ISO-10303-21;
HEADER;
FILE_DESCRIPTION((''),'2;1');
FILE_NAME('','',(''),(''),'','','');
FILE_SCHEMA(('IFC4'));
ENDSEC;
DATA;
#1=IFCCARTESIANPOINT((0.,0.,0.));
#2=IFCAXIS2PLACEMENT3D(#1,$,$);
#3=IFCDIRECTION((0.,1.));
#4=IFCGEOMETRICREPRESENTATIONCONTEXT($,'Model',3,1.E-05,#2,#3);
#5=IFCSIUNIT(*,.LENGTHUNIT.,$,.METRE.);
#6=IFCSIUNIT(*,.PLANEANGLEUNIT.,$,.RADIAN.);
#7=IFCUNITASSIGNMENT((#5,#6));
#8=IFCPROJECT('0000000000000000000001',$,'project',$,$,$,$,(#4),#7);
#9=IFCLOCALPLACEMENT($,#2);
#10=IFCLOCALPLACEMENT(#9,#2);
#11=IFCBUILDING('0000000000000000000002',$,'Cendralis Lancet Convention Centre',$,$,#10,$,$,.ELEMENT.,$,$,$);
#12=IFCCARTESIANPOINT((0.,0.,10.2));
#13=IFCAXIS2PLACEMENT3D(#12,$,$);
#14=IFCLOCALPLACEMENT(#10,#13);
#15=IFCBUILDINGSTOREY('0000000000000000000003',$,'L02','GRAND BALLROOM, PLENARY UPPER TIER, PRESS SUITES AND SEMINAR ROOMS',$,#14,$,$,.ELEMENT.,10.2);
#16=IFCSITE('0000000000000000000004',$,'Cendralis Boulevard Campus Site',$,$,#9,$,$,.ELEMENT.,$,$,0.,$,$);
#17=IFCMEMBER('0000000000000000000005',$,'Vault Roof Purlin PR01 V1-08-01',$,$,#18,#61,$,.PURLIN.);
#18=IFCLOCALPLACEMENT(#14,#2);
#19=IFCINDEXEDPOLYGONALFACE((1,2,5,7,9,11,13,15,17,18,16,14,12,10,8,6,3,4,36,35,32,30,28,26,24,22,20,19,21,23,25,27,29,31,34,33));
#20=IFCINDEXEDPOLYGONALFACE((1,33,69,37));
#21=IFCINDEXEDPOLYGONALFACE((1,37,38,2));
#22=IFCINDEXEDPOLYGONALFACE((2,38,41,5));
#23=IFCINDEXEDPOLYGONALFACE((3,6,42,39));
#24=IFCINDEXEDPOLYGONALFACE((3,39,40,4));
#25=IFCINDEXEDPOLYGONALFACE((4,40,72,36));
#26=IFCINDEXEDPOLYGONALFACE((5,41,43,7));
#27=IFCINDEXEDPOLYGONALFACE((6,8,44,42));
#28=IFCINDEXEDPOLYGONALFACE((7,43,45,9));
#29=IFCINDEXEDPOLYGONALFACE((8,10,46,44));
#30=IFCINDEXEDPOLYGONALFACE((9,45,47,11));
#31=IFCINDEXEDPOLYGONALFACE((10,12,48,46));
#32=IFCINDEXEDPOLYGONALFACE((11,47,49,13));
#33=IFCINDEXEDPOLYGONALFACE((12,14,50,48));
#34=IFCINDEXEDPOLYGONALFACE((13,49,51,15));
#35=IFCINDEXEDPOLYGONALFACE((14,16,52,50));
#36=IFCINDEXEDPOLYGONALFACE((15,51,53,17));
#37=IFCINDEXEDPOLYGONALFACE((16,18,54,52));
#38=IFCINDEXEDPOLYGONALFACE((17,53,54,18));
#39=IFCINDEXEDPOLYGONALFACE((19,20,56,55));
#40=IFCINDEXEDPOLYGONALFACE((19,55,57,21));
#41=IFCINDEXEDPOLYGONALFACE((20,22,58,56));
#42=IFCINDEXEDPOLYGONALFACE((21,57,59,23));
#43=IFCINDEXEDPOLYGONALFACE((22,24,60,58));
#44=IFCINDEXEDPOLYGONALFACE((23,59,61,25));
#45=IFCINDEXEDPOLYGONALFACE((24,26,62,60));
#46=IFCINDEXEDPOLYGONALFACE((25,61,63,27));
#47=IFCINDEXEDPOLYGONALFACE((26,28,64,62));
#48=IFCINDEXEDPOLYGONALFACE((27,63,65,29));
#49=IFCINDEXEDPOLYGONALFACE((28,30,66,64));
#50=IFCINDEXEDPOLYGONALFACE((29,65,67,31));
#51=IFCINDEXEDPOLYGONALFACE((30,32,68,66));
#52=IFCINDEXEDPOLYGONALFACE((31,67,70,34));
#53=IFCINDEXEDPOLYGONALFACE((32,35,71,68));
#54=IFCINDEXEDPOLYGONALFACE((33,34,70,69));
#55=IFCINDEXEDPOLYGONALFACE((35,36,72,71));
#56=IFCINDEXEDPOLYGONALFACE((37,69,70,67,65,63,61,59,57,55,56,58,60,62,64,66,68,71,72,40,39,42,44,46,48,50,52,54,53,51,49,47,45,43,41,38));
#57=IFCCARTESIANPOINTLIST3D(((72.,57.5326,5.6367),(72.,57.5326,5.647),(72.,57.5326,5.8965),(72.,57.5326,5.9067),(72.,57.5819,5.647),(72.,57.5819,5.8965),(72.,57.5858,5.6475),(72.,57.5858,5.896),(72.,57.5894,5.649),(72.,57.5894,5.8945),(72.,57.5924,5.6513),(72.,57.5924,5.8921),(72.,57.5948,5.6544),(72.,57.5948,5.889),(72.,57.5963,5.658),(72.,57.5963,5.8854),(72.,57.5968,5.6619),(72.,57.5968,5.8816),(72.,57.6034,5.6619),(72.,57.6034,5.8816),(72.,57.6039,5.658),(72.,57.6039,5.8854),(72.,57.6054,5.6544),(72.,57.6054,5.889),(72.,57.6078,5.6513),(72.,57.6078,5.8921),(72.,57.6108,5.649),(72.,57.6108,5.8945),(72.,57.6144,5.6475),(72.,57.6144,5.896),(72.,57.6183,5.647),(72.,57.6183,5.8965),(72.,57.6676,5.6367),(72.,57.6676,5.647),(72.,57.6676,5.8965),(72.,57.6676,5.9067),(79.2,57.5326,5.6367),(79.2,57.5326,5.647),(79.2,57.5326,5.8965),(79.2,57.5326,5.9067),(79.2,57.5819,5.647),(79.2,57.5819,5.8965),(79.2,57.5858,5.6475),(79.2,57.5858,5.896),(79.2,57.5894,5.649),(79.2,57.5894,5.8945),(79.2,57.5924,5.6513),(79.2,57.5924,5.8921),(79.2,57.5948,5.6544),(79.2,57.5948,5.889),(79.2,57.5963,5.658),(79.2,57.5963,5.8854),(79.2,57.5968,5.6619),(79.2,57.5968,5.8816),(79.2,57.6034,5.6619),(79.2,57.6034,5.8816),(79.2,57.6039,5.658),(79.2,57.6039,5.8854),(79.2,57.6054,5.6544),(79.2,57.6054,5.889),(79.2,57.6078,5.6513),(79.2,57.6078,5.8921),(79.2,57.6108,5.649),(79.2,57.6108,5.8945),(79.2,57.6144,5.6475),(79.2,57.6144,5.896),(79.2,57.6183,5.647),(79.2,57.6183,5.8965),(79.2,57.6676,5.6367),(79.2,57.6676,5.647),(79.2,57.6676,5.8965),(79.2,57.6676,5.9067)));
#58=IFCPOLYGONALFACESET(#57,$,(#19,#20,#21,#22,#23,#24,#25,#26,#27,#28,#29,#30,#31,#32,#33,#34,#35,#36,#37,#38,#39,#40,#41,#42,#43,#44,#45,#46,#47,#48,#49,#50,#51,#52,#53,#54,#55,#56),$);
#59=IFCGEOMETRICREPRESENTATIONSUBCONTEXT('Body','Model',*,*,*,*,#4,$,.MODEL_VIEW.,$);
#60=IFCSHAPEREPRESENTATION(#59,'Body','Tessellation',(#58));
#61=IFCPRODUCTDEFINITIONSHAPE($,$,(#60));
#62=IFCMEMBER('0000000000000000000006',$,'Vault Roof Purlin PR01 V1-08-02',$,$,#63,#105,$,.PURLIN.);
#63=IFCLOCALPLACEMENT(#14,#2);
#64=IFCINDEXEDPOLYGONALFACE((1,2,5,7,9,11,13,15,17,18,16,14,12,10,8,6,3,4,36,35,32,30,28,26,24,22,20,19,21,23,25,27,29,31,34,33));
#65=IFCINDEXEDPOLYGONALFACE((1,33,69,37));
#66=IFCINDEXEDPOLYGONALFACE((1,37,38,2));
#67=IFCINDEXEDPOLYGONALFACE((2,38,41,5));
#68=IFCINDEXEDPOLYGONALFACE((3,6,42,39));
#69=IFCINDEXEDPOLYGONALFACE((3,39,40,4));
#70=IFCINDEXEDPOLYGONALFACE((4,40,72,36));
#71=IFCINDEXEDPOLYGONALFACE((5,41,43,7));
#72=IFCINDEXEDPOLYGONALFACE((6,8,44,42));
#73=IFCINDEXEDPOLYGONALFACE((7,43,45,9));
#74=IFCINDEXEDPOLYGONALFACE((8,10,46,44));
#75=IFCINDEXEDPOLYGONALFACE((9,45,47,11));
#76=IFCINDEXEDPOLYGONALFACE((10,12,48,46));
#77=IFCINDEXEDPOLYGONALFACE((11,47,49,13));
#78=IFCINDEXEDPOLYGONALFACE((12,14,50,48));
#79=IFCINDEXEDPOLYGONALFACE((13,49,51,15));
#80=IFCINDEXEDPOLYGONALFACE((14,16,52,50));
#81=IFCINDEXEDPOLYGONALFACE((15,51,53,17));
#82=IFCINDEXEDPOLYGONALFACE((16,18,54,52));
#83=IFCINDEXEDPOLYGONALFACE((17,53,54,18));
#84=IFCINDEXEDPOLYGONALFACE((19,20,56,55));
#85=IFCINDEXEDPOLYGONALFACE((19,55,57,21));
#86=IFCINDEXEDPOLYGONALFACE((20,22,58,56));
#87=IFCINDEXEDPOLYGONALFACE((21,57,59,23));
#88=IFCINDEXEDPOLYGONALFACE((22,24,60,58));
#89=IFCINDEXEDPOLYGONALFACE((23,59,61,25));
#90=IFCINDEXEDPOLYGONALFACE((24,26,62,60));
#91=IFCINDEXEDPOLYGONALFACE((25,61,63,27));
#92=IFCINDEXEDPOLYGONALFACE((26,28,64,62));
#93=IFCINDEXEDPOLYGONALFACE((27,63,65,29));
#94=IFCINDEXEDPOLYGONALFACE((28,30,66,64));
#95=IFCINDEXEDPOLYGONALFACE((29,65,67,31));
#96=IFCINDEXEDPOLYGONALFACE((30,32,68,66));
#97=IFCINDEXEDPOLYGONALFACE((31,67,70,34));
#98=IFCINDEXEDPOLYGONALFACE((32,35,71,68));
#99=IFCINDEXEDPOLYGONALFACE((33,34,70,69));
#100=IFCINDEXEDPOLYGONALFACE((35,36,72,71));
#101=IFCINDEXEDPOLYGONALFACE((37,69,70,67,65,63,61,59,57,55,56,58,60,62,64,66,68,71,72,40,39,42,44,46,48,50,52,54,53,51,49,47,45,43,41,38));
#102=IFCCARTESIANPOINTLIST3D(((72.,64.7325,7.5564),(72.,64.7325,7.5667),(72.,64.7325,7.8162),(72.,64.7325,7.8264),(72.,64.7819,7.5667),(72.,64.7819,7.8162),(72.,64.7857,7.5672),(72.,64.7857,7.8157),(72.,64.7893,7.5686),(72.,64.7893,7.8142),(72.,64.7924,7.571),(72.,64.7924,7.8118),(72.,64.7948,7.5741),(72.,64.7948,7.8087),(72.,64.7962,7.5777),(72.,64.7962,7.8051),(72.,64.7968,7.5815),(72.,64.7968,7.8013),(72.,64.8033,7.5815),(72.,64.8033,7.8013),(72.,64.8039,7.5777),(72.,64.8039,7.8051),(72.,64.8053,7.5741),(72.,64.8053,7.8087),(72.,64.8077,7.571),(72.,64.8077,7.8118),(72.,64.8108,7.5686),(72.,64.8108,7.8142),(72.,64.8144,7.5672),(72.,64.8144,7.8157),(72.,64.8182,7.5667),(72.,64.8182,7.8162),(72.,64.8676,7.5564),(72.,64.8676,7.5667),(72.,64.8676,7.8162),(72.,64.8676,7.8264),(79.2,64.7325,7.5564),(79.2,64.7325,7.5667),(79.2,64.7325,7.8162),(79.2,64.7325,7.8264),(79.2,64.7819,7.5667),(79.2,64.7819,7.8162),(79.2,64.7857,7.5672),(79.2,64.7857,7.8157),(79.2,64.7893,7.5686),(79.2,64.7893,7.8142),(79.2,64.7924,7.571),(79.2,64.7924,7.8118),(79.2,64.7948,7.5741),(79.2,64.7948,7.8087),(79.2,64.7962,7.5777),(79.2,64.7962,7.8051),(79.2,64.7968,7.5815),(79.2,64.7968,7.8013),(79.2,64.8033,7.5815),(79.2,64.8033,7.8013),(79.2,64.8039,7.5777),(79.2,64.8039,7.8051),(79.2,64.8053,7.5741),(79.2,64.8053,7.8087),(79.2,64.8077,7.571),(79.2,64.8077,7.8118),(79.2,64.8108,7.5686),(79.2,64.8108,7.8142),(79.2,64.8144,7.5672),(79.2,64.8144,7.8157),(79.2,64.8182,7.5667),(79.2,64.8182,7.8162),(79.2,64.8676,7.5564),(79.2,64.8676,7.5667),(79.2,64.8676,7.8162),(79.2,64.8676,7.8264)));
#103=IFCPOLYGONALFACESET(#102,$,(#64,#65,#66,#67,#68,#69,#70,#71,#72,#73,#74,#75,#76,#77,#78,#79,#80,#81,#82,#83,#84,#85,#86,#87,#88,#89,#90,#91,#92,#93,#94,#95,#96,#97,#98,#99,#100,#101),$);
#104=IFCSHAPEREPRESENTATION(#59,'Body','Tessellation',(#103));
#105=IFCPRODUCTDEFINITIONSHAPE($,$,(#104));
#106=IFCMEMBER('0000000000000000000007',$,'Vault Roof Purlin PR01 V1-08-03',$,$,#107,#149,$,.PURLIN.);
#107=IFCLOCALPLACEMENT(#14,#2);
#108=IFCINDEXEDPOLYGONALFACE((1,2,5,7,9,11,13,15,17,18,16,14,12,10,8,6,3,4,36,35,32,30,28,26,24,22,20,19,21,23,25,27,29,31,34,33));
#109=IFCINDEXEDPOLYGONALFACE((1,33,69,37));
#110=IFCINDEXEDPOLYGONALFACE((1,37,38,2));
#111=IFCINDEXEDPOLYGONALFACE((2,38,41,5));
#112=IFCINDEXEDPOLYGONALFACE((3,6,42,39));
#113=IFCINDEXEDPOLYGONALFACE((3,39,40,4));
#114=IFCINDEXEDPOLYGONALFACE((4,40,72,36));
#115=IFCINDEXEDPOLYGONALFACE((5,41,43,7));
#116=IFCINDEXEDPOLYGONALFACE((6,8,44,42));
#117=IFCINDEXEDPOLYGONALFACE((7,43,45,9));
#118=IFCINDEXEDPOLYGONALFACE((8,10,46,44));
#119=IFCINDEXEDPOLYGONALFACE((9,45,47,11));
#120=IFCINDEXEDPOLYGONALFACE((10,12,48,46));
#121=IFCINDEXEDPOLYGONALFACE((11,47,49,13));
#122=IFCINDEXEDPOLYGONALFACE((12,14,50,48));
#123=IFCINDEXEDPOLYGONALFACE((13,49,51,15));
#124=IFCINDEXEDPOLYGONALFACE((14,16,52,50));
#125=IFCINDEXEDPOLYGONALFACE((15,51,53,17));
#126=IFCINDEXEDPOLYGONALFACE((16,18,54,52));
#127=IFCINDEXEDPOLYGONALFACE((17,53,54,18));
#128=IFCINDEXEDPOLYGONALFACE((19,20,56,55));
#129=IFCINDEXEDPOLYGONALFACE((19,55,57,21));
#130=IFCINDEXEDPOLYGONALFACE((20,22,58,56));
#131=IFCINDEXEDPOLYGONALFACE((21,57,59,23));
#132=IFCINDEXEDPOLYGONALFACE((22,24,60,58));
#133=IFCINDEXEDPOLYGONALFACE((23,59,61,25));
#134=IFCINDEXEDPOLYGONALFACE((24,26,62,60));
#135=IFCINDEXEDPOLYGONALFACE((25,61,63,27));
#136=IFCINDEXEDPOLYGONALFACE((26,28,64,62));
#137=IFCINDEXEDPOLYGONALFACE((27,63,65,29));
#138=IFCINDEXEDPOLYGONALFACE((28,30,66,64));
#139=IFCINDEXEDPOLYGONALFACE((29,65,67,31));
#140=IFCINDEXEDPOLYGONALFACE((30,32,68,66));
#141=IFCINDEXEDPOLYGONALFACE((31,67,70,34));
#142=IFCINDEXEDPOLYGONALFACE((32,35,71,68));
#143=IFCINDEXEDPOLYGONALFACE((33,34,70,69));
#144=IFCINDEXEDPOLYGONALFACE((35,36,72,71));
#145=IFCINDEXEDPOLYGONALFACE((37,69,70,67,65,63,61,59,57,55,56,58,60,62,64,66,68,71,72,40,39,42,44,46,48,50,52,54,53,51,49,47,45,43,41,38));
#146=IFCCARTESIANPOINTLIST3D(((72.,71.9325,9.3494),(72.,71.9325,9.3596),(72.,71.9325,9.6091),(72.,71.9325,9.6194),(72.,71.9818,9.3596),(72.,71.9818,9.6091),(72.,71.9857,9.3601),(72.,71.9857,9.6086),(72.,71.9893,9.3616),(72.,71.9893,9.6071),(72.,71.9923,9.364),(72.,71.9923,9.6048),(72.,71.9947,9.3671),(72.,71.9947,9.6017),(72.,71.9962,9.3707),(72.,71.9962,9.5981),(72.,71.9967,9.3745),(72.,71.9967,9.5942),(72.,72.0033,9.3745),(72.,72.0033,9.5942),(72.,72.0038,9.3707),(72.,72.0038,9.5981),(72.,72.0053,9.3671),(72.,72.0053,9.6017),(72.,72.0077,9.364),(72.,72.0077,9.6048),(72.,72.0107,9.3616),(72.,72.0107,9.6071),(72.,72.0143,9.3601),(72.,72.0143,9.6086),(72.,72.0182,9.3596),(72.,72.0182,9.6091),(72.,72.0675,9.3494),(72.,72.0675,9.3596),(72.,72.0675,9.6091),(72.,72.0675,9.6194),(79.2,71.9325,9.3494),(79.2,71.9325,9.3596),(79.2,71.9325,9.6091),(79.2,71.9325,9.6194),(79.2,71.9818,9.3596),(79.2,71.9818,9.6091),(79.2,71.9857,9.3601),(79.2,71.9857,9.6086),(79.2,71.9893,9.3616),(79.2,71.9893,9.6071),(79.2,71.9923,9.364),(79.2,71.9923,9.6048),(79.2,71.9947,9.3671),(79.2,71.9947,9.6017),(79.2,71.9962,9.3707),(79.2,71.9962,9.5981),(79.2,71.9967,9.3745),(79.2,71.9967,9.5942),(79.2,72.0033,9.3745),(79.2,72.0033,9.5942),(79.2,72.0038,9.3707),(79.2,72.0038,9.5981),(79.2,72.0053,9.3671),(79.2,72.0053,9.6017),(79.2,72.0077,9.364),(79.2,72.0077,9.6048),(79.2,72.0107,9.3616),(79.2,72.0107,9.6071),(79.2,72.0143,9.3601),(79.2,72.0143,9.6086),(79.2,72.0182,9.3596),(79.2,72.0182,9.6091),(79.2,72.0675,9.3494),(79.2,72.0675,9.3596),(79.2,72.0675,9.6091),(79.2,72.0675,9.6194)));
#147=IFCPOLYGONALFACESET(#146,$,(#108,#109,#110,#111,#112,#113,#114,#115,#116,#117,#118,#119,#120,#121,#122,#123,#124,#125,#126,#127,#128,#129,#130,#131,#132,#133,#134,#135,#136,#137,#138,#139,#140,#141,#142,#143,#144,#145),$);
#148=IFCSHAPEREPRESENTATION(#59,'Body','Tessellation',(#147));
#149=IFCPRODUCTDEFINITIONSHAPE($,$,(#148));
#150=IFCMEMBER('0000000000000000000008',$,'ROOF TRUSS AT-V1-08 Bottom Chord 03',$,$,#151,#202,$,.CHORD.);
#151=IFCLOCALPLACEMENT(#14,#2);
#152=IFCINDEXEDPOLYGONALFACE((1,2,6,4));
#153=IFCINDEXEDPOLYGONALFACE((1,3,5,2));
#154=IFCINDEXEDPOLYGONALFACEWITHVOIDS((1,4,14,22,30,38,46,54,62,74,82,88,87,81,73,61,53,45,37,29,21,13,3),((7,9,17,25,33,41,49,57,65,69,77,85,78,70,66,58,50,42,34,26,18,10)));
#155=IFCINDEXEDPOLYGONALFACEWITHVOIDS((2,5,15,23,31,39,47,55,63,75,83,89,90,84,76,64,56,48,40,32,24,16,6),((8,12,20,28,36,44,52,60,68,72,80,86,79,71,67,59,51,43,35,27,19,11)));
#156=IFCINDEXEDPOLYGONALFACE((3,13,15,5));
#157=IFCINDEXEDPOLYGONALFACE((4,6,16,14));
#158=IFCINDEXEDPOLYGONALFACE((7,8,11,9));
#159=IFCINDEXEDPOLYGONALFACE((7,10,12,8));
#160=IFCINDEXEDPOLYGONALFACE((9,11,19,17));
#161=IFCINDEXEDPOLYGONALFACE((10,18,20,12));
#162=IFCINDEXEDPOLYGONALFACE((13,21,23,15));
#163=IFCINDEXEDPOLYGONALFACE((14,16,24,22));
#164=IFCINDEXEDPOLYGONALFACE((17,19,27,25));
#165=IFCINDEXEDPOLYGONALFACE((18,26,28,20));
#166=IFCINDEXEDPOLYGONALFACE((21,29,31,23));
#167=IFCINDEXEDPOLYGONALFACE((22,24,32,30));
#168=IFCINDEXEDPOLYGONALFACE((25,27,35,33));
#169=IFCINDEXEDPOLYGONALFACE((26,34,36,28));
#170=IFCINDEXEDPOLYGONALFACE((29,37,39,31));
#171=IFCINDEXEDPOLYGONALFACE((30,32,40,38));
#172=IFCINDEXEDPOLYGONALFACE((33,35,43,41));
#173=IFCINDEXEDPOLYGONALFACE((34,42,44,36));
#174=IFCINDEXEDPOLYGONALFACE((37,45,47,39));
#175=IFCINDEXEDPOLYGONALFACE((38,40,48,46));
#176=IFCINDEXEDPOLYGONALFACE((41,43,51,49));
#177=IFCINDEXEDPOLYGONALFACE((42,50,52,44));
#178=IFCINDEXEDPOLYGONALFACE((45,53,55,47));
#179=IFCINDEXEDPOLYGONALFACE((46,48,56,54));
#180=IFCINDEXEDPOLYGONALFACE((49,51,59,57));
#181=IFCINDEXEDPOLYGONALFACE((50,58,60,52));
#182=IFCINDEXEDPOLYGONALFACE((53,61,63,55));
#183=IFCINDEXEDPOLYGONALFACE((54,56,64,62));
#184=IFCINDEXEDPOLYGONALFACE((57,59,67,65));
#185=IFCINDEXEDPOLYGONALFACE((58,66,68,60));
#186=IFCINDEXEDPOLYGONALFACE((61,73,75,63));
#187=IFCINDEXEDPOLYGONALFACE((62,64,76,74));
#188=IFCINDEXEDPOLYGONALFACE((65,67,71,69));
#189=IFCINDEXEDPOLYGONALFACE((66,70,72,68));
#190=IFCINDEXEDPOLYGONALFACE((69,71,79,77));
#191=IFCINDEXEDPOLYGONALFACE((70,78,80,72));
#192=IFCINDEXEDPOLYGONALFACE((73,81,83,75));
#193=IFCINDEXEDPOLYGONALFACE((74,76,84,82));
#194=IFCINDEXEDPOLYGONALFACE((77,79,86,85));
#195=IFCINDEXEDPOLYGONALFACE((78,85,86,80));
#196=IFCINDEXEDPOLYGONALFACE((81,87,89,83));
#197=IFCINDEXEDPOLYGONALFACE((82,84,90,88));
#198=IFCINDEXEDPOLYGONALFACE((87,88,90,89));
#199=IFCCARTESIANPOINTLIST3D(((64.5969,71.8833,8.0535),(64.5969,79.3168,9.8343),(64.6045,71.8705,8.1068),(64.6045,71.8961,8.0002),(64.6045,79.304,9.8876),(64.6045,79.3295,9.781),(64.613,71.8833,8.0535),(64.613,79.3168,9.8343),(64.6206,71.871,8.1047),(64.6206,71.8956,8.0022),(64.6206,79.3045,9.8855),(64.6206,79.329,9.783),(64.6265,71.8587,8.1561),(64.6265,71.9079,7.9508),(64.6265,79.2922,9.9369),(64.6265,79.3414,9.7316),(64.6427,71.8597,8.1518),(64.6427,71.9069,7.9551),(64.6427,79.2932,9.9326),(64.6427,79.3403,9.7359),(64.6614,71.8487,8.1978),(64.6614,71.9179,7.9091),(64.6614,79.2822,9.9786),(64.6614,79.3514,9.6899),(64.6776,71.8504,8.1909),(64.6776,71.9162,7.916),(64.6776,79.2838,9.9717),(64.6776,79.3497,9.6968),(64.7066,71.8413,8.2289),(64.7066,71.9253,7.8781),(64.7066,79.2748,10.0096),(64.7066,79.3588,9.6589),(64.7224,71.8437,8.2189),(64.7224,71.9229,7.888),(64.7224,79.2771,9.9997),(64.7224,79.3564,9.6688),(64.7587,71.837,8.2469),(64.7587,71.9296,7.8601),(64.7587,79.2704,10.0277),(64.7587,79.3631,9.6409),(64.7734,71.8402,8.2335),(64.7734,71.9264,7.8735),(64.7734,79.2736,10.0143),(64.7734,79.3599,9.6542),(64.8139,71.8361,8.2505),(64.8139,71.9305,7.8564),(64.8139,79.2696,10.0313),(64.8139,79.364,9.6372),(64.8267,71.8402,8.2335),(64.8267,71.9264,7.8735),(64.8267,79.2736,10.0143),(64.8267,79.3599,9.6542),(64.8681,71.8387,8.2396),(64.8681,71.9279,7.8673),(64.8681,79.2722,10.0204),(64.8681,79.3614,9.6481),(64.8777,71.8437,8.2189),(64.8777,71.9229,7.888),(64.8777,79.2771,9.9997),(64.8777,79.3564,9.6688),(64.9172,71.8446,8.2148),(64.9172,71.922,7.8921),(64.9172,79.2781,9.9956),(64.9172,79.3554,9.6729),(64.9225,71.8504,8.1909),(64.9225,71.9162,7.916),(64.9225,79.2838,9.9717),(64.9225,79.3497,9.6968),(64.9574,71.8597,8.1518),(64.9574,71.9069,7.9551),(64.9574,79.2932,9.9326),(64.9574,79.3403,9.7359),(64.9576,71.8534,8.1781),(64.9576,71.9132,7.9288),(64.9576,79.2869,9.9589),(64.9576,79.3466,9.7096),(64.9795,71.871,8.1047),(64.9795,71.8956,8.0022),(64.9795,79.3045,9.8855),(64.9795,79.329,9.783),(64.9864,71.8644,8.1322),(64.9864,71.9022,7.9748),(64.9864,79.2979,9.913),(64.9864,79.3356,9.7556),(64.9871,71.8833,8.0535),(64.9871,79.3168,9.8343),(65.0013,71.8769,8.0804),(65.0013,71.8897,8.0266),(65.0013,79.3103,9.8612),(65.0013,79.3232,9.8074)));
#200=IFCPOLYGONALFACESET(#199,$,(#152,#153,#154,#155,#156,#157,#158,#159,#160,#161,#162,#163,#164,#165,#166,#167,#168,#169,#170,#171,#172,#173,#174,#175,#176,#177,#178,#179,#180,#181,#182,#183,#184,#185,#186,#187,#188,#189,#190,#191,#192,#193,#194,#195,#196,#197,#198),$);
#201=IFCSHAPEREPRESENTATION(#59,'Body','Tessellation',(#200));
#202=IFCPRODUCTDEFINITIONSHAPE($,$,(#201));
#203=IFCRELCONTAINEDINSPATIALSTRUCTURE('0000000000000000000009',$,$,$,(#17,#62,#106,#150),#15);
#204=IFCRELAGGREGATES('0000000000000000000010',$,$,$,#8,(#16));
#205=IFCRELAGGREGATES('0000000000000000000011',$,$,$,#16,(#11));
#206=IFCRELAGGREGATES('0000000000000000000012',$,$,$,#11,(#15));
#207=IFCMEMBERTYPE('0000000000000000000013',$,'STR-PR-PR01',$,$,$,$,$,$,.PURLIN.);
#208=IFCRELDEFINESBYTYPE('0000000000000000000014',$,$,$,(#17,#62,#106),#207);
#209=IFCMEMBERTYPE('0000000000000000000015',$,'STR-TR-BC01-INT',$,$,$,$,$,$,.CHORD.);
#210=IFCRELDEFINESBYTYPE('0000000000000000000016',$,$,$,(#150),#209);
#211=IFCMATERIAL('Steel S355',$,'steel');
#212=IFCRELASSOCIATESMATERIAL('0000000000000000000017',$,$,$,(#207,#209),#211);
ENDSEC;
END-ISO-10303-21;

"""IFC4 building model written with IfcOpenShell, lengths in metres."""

from ifc_helpers import new_model, si_unit, direction, frame, origin, origin_2d, place, context, subcontext, project, spatial, hollow_circle, i_section, extrude, material, material_profile, profile_set, type_object, element, save


model = new_model("IFC4")

# Units and contexts
model_context = context("Model", 3, precision=1e-05, world=origin(), true_north=direction((0.0, 1.0)))
body_context = subcontext(model_context, "Body", "Model", "MODEL_VIEW")
ifc_project = project(units=[si_unit("LENGTHUNIT", "METRE"), si_unit("PLANEANGLEUNIT", "RADIAN")], contexts=[model_context])

# Site, building, storey
site_placement = place(None, origin())
site = spatial("IfcSite", under=ifc_project, at=site_placement, Name="Cendralis Boulevard Campus Site", CompositionType="ELEMENT", RefElevation=0.0)
building_placement = place(site_placement, origin())
building = spatial("IfcBuilding", under=site, at=building_placement, Name="Cendralis Lancet Convention Centre", CompositionType="ELEMENT")
storey_placement = place(building_placement, frame((0.0, 0.0, 10.2)))
storey = spatial("IfcBuildingStorey", under=building, at=storey_placement, Name="L02", Description="GRAND BALLROOM, PLENARY UPPER TIER, PRESS SUITES AND SEMINAR ROOMS", CompositionType="ELEMENT", Elevation=10.2)

# Members
ifc_material = material(Name="Steel S355", Category="steel")
ifc_material_profile_1 = material_profile(ifc_material, i_section(OverallWidth=0.135, OverallDepth=0.27, WebThickness=0.0066, FlangeThickness=0.0103, FilletRadius=0.0149, at=origin_2d()), Name="IPE 270")
ifc_profile_set_1 = profile_set([ifc_material_profile_1], Name="Steel S355")
member_type_1 = type_object("IfcMemberType", Name="STR-PR-PR01", PredefinedType="PURLIN", material=ifc_profile_set_1)
for number, where, z_axis, x_axis, name in (
    (1, (72.0, 57.6001, 5.7717), (1.0, 0.0, 0.0), (0.0, 1.0, 0.0), "Vault Roof Purlin PR01 V1-08-01"),
    (2, (72.0, 64.8, 7.6914), (1.0, 0.0, 0.0), (0.0, 1.0, 0.0), "Vault Roof Purlin PR01 V1-08-02"),
    (3, (72.0, 72.0, 9.4844), (1.0, 0.0, 0.0), (0.0, 1.0, 0.0), "Vault Roof Purlin PR01 V1-08-03"),
):
    element("IfcMember", number, at=place(storey_placement, frame(where, z_axis=z_axis, x_axis=x_axis)), inside=storey, type_object=member_type_1, Name=name, PredefinedType="PURLIN", context=body_context, shape_type="SweptSolid", body=[
        extrude(i_section(OverallWidth=0.135, OverallDepth=0.27, WebThickness=0.0066, FlangeThickness=0.0103, FilletRadius=0.0149, at=origin_2d()), origin(), (0.0, 0.0, 1.0), 7.2),
    ])
ifc_material_profile_2 = material_profile(ifc_material, hollow_circle(Radius=0.2031, WallThickness=0.0161, at=origin_2d()), Name="CHS 406.4x16.0")
ifc_profile_set_2 = profile_set([ifc_material_profile_2], Name="Steel S355")
member_type_2 = type_object("IfcMemberType", Name="STR-TR-BC01-INT", PredefinedType="CHORD", material=ifc_profile_set_2)
member_1_placement = place(storey_placement, frame((64.8, 71.8833, 8.0535), z_axis=(0.0, 0.972483, 0.232972), x_axis=(-1.0, 0.0, 0.0)))
element("IfcMember", 4, at=member_1_placement, inside=storey, type_object=member_type_2, Name="ROOF TRUSS AT-V1-08 Bottom Chord 03", PredefinedType="CHORD", context=body_context, shape_type="SweptSolid", body=[
    extrude(hollow_circle(Radius=0.2031, WallThickness=0.0161, at=origin_2d()), origin(), (0.0, 0.0, 1.0), 7.6438),
])

save(model, "model.ifc")
